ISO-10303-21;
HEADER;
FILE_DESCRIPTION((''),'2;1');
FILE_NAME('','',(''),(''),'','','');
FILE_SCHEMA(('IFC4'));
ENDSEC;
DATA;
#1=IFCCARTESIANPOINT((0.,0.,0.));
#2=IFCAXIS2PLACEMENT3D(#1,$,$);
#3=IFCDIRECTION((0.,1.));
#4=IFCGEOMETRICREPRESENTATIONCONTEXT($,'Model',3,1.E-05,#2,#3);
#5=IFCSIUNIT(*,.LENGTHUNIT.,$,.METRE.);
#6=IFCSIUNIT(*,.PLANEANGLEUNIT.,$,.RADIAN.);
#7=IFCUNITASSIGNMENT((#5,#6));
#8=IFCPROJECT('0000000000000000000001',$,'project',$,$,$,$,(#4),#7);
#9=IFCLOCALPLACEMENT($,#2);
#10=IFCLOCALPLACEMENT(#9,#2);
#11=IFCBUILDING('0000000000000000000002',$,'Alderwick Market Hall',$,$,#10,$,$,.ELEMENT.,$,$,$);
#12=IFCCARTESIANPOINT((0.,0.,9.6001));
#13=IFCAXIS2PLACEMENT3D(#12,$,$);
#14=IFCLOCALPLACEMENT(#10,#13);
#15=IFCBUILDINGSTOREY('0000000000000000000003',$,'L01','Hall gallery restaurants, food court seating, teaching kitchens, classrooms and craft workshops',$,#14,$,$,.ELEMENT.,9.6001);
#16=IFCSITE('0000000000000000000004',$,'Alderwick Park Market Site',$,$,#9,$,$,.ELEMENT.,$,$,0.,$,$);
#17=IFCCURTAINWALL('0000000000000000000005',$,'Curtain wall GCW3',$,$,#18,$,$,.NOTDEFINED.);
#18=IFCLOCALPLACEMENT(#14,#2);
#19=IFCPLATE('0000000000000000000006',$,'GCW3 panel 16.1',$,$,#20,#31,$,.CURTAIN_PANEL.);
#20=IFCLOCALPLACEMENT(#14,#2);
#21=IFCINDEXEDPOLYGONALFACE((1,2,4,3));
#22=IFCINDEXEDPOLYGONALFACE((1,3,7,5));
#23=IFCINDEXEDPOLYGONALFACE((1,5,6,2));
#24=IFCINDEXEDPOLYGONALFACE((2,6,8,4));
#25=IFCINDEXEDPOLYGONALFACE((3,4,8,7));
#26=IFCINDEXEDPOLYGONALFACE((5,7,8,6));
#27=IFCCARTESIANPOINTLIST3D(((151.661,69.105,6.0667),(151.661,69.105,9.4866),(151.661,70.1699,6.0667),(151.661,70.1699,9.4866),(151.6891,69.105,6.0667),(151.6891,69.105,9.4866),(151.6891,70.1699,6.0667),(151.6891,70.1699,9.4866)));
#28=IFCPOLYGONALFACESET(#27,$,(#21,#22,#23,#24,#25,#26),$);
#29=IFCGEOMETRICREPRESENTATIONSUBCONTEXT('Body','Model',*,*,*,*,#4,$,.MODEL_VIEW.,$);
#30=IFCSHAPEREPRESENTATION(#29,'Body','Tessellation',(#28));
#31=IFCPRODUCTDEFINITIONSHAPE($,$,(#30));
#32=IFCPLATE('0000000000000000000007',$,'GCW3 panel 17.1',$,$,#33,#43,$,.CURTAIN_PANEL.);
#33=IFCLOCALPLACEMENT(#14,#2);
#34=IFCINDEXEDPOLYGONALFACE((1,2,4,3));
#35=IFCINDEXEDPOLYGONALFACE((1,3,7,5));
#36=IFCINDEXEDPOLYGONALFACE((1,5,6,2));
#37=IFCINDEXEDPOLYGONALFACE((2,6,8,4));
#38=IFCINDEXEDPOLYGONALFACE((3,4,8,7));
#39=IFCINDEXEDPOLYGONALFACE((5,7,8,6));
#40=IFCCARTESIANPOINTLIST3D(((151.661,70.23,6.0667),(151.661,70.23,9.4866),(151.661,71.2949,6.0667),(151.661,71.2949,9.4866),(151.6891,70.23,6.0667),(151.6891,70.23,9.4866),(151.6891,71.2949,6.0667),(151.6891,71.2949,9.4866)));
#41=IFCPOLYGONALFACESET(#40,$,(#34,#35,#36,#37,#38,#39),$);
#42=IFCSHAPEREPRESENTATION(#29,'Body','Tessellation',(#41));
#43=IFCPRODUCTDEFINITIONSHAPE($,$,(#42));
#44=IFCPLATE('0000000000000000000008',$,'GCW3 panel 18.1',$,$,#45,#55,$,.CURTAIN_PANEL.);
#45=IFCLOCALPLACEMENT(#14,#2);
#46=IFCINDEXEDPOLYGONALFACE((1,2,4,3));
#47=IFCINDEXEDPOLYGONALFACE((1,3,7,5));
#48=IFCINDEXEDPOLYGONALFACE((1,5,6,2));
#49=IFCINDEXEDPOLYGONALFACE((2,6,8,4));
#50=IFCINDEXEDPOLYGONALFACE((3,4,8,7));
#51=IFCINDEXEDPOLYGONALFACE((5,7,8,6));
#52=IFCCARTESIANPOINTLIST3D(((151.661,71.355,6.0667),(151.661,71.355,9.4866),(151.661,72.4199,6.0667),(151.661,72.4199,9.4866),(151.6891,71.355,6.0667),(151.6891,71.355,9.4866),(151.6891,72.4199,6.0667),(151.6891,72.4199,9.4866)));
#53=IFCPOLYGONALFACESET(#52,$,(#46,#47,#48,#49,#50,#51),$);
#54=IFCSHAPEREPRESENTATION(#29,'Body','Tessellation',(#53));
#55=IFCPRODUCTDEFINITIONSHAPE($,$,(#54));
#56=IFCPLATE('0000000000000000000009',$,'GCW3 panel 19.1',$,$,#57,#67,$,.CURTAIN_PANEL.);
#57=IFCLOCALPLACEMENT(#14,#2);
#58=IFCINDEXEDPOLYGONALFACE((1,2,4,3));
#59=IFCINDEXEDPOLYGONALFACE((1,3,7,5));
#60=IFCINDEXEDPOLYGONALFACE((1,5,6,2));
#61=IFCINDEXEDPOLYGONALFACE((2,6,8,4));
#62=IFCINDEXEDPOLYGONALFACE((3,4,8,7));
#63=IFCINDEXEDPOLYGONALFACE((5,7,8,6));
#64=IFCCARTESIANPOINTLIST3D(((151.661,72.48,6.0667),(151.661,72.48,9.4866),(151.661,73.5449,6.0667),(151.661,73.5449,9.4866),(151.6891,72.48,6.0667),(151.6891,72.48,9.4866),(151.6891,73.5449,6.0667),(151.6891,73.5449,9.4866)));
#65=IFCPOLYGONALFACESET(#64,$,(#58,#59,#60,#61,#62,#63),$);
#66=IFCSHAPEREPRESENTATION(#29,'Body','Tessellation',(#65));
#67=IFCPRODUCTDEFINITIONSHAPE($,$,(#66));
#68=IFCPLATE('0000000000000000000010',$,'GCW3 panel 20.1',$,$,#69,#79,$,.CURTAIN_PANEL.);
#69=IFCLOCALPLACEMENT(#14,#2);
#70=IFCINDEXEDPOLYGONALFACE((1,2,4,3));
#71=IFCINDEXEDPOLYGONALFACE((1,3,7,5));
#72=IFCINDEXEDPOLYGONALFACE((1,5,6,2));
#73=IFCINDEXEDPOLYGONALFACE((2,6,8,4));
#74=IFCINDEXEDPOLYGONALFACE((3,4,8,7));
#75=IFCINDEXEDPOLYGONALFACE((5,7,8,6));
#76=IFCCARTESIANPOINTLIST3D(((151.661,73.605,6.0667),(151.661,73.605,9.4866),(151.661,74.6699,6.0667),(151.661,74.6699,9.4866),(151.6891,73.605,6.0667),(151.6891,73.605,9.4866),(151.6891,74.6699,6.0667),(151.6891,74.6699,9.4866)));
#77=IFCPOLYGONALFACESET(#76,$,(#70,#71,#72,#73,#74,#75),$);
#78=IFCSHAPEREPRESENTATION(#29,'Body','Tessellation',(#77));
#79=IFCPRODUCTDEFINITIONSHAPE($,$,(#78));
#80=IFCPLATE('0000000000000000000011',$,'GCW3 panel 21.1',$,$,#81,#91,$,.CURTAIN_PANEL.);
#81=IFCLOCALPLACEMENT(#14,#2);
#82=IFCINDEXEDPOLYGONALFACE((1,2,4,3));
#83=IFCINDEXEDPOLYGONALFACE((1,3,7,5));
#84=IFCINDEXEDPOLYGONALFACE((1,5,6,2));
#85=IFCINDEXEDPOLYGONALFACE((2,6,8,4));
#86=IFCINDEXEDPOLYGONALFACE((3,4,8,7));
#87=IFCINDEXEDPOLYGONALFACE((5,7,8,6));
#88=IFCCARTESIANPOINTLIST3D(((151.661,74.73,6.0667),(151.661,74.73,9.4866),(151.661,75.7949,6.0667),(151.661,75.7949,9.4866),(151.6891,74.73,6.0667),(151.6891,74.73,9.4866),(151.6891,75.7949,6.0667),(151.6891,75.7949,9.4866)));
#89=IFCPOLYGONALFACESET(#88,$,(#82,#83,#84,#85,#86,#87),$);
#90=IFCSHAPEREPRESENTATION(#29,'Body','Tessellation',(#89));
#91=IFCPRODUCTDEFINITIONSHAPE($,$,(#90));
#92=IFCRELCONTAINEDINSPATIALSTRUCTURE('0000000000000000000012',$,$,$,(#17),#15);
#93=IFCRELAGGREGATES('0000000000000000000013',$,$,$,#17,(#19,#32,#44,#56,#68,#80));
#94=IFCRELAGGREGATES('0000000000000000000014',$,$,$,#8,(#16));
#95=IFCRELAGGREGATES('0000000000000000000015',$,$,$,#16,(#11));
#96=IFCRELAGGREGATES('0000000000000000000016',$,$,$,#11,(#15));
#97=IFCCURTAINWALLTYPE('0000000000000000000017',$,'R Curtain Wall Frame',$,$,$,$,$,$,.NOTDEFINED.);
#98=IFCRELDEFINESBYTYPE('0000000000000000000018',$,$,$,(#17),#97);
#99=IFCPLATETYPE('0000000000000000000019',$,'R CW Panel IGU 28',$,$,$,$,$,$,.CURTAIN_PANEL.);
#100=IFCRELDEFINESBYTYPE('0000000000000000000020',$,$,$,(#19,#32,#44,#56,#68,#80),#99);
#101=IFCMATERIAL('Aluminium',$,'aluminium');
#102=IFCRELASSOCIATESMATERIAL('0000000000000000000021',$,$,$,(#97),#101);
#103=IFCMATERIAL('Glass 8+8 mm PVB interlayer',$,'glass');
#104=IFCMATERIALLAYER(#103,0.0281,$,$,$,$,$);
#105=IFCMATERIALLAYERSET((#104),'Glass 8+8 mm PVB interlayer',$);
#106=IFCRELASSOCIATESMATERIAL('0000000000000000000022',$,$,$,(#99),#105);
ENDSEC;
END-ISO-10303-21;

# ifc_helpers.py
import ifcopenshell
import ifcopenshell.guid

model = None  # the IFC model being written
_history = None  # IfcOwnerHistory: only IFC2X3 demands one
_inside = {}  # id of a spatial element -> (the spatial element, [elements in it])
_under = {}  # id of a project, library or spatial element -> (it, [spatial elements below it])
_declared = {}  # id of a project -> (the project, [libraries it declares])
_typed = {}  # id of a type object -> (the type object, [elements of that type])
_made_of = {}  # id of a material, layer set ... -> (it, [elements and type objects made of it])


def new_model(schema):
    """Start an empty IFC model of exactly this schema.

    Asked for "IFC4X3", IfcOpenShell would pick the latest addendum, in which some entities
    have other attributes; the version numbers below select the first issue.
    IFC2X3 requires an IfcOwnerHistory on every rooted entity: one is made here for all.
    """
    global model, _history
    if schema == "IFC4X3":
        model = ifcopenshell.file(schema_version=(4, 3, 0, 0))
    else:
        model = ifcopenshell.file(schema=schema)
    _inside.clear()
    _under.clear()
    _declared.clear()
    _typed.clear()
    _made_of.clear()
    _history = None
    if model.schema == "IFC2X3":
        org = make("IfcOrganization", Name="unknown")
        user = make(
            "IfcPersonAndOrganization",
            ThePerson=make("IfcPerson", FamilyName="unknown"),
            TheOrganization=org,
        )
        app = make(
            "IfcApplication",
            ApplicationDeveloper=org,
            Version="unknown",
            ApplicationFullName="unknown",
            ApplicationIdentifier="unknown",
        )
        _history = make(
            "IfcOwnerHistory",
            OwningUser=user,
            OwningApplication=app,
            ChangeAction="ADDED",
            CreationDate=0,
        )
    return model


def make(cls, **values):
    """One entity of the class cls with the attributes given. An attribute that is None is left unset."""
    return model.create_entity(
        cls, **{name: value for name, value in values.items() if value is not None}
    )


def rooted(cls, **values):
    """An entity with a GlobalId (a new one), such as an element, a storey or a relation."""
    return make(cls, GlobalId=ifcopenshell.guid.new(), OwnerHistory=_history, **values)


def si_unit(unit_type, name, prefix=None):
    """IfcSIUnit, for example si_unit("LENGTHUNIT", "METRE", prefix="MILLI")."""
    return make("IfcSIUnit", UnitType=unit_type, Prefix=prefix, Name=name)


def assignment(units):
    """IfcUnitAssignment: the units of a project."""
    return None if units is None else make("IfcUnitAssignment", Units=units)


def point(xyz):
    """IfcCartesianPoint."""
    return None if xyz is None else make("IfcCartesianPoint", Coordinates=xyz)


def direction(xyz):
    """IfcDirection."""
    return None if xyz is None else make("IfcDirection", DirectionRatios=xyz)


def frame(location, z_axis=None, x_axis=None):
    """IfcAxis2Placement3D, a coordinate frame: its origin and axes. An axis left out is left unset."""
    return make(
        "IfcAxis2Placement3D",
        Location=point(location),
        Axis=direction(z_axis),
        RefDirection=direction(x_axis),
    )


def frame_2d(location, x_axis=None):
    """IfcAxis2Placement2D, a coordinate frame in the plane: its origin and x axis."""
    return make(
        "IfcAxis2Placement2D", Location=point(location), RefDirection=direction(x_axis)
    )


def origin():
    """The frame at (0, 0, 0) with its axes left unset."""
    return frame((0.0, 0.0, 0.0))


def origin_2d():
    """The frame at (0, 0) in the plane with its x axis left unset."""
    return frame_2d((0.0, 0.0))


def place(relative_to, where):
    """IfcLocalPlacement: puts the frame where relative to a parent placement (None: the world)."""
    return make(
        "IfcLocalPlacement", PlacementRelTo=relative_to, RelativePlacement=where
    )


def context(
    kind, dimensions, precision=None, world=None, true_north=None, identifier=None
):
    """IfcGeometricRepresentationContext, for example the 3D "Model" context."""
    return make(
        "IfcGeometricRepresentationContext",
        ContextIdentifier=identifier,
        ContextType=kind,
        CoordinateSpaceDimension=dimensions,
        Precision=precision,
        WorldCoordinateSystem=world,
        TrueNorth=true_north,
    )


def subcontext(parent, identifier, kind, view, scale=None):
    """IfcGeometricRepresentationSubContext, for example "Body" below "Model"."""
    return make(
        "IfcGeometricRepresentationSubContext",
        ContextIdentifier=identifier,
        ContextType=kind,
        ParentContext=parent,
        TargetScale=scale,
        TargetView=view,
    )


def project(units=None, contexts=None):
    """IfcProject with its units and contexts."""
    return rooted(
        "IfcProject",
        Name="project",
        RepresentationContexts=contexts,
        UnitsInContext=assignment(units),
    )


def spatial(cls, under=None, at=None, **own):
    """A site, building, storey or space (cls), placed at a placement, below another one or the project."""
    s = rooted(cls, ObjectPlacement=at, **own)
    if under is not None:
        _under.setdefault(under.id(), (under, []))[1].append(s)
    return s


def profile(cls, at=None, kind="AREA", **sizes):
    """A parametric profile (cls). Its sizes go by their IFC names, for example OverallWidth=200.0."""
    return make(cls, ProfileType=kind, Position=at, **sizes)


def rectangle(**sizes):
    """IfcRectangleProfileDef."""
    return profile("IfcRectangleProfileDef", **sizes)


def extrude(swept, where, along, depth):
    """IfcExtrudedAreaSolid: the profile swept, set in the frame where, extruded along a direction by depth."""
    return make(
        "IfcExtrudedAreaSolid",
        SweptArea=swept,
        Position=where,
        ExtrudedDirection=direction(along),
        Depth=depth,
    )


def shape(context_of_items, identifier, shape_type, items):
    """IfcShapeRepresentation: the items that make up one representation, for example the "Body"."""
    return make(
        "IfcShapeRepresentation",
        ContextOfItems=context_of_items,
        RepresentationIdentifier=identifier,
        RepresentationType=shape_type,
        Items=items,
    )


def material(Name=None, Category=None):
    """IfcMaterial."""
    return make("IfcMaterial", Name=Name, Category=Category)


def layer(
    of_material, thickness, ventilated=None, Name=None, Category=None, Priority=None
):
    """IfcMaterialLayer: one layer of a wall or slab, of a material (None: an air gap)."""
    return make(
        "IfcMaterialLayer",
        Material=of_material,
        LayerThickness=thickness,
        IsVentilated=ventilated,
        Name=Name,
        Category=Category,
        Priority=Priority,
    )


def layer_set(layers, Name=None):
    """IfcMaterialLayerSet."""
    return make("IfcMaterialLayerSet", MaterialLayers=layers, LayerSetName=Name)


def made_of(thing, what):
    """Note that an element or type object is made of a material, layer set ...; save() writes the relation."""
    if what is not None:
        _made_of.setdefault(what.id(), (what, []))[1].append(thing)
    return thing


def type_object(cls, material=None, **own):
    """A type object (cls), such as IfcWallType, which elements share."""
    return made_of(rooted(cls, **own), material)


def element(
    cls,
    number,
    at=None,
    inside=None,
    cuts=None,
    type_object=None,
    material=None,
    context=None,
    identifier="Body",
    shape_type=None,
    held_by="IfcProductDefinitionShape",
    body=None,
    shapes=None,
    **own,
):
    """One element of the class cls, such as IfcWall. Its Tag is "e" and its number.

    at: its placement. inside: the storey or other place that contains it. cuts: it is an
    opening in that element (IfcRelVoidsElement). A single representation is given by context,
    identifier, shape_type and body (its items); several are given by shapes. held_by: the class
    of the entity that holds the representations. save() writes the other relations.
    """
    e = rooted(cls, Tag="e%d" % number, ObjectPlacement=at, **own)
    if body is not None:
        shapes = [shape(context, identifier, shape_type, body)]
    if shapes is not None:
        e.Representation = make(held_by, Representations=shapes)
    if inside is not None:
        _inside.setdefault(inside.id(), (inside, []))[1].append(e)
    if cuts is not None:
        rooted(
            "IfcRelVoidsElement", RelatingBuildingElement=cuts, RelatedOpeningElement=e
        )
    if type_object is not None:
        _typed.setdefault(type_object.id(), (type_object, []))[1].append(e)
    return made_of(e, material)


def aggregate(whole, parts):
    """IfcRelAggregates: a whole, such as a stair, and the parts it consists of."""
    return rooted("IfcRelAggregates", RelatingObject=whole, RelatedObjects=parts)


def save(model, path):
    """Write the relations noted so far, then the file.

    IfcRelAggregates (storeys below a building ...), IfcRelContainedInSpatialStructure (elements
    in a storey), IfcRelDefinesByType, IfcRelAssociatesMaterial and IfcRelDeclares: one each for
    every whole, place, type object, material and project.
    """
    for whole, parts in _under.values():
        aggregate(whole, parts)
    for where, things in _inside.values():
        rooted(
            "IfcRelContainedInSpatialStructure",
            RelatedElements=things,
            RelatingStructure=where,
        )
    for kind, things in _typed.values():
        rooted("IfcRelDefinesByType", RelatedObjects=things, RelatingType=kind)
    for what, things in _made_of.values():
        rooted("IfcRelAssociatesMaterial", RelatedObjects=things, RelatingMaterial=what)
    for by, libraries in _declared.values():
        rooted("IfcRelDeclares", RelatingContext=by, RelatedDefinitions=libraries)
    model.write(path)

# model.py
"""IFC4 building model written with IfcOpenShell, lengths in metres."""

from ifc_helpers import new_model, si_unit, direction, frame, origin, origin_2d, place, context, subcontext, project, spatial, rectangle, extrude, material, layer, layer_set, type_object, element, aggregate, save


model = new_model("IFC4")

# Units and contexts
model_context = context("Model", 3, precision=1e-05, world=origin(), true_north=direction((0.0, 1.0)))
body_context = subcontext(model_context, "Body", "Model", "MODEL_VIEW")
ifc_project = project(units=[si_unit("LENGTHUNIT", "METRE"), si_unit("PLANEANGLEUNIT", "RADIAN")], contexts=[model_context])

# Site, building, storey
site_placement = place(None, origin())
site = spatial("IfcSite", under=ifc_project, at=site_placement, Name="Alderwick Park Market Site", CompositionType="ELEMENT", RefElevation=0.0)
building_placement = place(site_placement, origin())
building = spatial("IfcBuilding", under=site, at=building_placement, Name="Alderwick Market Hall", CompositionType="ELEMENT")
storey_placement = place(building_placement, frame((0.0, 0.0, 9.6001)))
storey = spatial("IfcBuildingStorey", under=building, at=storey_placement, Name="L01", Description="Hall gallery restaurants, food court seating, teaching kitchens, classrooms and craft workshops", CompositionType="ELEMENT", Elevation=9.6001)

# Curtain wall, plates
ifc_material_1 = material(Name="Aluminium", Category="aluminium")
curtain_wall_type = type_object("IfcCurtainWallType", Name="R Curtain Wall Frame", PredefinedType="NOTDEFINED", material=ifc_material_1)
curtain_wall_placement = place(storey_placement, origin())
curtain_wall = element("IfcCurtainWall", 1, at=curtain_wall_placement, inside=storey, type_object=curtain_wall_type, Name="Curtain wall GCW3", PredefinedType="NOTDEFINED")
ifc_material_2 = material(Name="Glass 8+8 mm PVB interlayer", Category="glass")
ifc_layer = layer(ifc_material_2, 0.0281)
ifc_layer_set = layer_set([ifc_layer], Name="Glass 8+8 mm PVB interlayer")
plate_type = type_object("IfcPlateType", Name="R CW Panel IGU 28", PredefinedType="CURTAIN_PANEL", material=ifc_layer_set)
plate_1_placement = place(storey_placement, frame((151.675, 69.6375, 6.0667), z_axis=(0.0, 0.0, 1.0), x_axis=(1.0, 0.0, 0.0)))
plate_1 = element("IfcPlate", 2, at=plate_1_placement, type_object=plate_type, Name="GCW3 panel 16.1", PredefinedType="CURTAIN_PANEL", context=body_context, shape_type="SweptSolid", body=[
    extrude(rectangle(XDim=0.0281, YDim=1.0649, at=origin_2d()), origin(), (0.0, 0.0, 1.0), 3.4199),
])
plate_2_placement = place(storey_placement, frame((151.675, 70.7625, 6.0667), z_axis=(0.0, 0.0, 1.0), x_axis=(1.0, 0.0, 0.0)))
plate_2 = element("IfcPlate", 3, at=plate_2_placement, type_object=plate_type, Name="GCW3 panel 17.1", PredefinedType="CURTAIN_PANEL", context=body_context, shape_type="SweptSolid", body=[
    extrude(rectangle(XDim=0.0281, YDim=1.0649, at=origin_2d()), origin(), (0.0, 0.0, 1.0), 3.4199),
])
plate_3_placement = place(storey_placement, frame((151.675, 71.8875, 6.0667), z_axis=(0.0, 0.0, 1.0), x_axis=(1.0, 0.0, 0.0)))
plate_3 = element("IfcPlate", 4, at=plate_3_placement, type_object=plate_type, Name="GCW3 panel 18.1", PredefinedType="CURTAIN_PANEL", context=body_context, shape_type="SweptSolid", body=[
    extrude(rectangle(XDim=0.0281, YDim=1.0649, at=origin_2d()), origin(), (0.0, 0.0, 1.0), 3.4199),
])
plate_4_placement = place(storey_placement, frame((151.675, 73.0125, 6.0667), z_axis=(0.0, 0.0, 1.0), x_axis=(1.0, 0.0, 0.0)))
plate_4 = element("IfcPlate", 5, at=plate_4_placement, type_object=plate_type, Name="GCW3 panel 19.1", PredefinedType="CURTAIN_PANEL", context=body_context, shape_type="SweptSolid", body=[
    extrude(rectangle(XDim=0.0281, YDim=1.0649, at=origin_2d()), origin(), (0.0, 0.0, 1.0), 3.4199),
])
plate_5_placement = place(storey_placement, frame((151.675, 74.1375, 6.0667), z_axis=(0.0, 0.0, 1.0), x_axis=(1.0, 0.0, 0.0)))
plate_5 = element("IfcPlate", 6, at=plate_5_placement, type_object=plate_type, Name="GCW3 panel 20.1", PredefinedType="CURTAIN_PANEL", context=body_context, shape_type="SweptSolid", body=[
    extrude(rectangle(XDim=0.0281, YDim=1.0649, at=origin_2d()), origin(), (0.0, 0.0, 1.0), 3.4199),
])
plate_6_placement = place(storey_placement, frame((151.675, 75.2625, 6.0667), z_axis=(0.0, 0.0, 1.0), x_axis=(1.0, 0.0, 0.0)))
plate_6 = element("IfcPlate", 7, at=plate_6_placement, type_object=plate_type, Name="GCW3 panel 21.1", PredefinedType="CURTAIN_PANEL", context=body_context, shape_type="SweptSolid", body=[
    extrude(rectangle(XDim=0.0281, YDim=1.0649, at=origin_2d()), origin(), (0.0, 0.0, 1.0), 3.4199),
])
aggregate(curtain_wall, [plate_1, plate_2, plate_3, plate_4, plate_5, plate_6])

save(model, "model.ifc")
